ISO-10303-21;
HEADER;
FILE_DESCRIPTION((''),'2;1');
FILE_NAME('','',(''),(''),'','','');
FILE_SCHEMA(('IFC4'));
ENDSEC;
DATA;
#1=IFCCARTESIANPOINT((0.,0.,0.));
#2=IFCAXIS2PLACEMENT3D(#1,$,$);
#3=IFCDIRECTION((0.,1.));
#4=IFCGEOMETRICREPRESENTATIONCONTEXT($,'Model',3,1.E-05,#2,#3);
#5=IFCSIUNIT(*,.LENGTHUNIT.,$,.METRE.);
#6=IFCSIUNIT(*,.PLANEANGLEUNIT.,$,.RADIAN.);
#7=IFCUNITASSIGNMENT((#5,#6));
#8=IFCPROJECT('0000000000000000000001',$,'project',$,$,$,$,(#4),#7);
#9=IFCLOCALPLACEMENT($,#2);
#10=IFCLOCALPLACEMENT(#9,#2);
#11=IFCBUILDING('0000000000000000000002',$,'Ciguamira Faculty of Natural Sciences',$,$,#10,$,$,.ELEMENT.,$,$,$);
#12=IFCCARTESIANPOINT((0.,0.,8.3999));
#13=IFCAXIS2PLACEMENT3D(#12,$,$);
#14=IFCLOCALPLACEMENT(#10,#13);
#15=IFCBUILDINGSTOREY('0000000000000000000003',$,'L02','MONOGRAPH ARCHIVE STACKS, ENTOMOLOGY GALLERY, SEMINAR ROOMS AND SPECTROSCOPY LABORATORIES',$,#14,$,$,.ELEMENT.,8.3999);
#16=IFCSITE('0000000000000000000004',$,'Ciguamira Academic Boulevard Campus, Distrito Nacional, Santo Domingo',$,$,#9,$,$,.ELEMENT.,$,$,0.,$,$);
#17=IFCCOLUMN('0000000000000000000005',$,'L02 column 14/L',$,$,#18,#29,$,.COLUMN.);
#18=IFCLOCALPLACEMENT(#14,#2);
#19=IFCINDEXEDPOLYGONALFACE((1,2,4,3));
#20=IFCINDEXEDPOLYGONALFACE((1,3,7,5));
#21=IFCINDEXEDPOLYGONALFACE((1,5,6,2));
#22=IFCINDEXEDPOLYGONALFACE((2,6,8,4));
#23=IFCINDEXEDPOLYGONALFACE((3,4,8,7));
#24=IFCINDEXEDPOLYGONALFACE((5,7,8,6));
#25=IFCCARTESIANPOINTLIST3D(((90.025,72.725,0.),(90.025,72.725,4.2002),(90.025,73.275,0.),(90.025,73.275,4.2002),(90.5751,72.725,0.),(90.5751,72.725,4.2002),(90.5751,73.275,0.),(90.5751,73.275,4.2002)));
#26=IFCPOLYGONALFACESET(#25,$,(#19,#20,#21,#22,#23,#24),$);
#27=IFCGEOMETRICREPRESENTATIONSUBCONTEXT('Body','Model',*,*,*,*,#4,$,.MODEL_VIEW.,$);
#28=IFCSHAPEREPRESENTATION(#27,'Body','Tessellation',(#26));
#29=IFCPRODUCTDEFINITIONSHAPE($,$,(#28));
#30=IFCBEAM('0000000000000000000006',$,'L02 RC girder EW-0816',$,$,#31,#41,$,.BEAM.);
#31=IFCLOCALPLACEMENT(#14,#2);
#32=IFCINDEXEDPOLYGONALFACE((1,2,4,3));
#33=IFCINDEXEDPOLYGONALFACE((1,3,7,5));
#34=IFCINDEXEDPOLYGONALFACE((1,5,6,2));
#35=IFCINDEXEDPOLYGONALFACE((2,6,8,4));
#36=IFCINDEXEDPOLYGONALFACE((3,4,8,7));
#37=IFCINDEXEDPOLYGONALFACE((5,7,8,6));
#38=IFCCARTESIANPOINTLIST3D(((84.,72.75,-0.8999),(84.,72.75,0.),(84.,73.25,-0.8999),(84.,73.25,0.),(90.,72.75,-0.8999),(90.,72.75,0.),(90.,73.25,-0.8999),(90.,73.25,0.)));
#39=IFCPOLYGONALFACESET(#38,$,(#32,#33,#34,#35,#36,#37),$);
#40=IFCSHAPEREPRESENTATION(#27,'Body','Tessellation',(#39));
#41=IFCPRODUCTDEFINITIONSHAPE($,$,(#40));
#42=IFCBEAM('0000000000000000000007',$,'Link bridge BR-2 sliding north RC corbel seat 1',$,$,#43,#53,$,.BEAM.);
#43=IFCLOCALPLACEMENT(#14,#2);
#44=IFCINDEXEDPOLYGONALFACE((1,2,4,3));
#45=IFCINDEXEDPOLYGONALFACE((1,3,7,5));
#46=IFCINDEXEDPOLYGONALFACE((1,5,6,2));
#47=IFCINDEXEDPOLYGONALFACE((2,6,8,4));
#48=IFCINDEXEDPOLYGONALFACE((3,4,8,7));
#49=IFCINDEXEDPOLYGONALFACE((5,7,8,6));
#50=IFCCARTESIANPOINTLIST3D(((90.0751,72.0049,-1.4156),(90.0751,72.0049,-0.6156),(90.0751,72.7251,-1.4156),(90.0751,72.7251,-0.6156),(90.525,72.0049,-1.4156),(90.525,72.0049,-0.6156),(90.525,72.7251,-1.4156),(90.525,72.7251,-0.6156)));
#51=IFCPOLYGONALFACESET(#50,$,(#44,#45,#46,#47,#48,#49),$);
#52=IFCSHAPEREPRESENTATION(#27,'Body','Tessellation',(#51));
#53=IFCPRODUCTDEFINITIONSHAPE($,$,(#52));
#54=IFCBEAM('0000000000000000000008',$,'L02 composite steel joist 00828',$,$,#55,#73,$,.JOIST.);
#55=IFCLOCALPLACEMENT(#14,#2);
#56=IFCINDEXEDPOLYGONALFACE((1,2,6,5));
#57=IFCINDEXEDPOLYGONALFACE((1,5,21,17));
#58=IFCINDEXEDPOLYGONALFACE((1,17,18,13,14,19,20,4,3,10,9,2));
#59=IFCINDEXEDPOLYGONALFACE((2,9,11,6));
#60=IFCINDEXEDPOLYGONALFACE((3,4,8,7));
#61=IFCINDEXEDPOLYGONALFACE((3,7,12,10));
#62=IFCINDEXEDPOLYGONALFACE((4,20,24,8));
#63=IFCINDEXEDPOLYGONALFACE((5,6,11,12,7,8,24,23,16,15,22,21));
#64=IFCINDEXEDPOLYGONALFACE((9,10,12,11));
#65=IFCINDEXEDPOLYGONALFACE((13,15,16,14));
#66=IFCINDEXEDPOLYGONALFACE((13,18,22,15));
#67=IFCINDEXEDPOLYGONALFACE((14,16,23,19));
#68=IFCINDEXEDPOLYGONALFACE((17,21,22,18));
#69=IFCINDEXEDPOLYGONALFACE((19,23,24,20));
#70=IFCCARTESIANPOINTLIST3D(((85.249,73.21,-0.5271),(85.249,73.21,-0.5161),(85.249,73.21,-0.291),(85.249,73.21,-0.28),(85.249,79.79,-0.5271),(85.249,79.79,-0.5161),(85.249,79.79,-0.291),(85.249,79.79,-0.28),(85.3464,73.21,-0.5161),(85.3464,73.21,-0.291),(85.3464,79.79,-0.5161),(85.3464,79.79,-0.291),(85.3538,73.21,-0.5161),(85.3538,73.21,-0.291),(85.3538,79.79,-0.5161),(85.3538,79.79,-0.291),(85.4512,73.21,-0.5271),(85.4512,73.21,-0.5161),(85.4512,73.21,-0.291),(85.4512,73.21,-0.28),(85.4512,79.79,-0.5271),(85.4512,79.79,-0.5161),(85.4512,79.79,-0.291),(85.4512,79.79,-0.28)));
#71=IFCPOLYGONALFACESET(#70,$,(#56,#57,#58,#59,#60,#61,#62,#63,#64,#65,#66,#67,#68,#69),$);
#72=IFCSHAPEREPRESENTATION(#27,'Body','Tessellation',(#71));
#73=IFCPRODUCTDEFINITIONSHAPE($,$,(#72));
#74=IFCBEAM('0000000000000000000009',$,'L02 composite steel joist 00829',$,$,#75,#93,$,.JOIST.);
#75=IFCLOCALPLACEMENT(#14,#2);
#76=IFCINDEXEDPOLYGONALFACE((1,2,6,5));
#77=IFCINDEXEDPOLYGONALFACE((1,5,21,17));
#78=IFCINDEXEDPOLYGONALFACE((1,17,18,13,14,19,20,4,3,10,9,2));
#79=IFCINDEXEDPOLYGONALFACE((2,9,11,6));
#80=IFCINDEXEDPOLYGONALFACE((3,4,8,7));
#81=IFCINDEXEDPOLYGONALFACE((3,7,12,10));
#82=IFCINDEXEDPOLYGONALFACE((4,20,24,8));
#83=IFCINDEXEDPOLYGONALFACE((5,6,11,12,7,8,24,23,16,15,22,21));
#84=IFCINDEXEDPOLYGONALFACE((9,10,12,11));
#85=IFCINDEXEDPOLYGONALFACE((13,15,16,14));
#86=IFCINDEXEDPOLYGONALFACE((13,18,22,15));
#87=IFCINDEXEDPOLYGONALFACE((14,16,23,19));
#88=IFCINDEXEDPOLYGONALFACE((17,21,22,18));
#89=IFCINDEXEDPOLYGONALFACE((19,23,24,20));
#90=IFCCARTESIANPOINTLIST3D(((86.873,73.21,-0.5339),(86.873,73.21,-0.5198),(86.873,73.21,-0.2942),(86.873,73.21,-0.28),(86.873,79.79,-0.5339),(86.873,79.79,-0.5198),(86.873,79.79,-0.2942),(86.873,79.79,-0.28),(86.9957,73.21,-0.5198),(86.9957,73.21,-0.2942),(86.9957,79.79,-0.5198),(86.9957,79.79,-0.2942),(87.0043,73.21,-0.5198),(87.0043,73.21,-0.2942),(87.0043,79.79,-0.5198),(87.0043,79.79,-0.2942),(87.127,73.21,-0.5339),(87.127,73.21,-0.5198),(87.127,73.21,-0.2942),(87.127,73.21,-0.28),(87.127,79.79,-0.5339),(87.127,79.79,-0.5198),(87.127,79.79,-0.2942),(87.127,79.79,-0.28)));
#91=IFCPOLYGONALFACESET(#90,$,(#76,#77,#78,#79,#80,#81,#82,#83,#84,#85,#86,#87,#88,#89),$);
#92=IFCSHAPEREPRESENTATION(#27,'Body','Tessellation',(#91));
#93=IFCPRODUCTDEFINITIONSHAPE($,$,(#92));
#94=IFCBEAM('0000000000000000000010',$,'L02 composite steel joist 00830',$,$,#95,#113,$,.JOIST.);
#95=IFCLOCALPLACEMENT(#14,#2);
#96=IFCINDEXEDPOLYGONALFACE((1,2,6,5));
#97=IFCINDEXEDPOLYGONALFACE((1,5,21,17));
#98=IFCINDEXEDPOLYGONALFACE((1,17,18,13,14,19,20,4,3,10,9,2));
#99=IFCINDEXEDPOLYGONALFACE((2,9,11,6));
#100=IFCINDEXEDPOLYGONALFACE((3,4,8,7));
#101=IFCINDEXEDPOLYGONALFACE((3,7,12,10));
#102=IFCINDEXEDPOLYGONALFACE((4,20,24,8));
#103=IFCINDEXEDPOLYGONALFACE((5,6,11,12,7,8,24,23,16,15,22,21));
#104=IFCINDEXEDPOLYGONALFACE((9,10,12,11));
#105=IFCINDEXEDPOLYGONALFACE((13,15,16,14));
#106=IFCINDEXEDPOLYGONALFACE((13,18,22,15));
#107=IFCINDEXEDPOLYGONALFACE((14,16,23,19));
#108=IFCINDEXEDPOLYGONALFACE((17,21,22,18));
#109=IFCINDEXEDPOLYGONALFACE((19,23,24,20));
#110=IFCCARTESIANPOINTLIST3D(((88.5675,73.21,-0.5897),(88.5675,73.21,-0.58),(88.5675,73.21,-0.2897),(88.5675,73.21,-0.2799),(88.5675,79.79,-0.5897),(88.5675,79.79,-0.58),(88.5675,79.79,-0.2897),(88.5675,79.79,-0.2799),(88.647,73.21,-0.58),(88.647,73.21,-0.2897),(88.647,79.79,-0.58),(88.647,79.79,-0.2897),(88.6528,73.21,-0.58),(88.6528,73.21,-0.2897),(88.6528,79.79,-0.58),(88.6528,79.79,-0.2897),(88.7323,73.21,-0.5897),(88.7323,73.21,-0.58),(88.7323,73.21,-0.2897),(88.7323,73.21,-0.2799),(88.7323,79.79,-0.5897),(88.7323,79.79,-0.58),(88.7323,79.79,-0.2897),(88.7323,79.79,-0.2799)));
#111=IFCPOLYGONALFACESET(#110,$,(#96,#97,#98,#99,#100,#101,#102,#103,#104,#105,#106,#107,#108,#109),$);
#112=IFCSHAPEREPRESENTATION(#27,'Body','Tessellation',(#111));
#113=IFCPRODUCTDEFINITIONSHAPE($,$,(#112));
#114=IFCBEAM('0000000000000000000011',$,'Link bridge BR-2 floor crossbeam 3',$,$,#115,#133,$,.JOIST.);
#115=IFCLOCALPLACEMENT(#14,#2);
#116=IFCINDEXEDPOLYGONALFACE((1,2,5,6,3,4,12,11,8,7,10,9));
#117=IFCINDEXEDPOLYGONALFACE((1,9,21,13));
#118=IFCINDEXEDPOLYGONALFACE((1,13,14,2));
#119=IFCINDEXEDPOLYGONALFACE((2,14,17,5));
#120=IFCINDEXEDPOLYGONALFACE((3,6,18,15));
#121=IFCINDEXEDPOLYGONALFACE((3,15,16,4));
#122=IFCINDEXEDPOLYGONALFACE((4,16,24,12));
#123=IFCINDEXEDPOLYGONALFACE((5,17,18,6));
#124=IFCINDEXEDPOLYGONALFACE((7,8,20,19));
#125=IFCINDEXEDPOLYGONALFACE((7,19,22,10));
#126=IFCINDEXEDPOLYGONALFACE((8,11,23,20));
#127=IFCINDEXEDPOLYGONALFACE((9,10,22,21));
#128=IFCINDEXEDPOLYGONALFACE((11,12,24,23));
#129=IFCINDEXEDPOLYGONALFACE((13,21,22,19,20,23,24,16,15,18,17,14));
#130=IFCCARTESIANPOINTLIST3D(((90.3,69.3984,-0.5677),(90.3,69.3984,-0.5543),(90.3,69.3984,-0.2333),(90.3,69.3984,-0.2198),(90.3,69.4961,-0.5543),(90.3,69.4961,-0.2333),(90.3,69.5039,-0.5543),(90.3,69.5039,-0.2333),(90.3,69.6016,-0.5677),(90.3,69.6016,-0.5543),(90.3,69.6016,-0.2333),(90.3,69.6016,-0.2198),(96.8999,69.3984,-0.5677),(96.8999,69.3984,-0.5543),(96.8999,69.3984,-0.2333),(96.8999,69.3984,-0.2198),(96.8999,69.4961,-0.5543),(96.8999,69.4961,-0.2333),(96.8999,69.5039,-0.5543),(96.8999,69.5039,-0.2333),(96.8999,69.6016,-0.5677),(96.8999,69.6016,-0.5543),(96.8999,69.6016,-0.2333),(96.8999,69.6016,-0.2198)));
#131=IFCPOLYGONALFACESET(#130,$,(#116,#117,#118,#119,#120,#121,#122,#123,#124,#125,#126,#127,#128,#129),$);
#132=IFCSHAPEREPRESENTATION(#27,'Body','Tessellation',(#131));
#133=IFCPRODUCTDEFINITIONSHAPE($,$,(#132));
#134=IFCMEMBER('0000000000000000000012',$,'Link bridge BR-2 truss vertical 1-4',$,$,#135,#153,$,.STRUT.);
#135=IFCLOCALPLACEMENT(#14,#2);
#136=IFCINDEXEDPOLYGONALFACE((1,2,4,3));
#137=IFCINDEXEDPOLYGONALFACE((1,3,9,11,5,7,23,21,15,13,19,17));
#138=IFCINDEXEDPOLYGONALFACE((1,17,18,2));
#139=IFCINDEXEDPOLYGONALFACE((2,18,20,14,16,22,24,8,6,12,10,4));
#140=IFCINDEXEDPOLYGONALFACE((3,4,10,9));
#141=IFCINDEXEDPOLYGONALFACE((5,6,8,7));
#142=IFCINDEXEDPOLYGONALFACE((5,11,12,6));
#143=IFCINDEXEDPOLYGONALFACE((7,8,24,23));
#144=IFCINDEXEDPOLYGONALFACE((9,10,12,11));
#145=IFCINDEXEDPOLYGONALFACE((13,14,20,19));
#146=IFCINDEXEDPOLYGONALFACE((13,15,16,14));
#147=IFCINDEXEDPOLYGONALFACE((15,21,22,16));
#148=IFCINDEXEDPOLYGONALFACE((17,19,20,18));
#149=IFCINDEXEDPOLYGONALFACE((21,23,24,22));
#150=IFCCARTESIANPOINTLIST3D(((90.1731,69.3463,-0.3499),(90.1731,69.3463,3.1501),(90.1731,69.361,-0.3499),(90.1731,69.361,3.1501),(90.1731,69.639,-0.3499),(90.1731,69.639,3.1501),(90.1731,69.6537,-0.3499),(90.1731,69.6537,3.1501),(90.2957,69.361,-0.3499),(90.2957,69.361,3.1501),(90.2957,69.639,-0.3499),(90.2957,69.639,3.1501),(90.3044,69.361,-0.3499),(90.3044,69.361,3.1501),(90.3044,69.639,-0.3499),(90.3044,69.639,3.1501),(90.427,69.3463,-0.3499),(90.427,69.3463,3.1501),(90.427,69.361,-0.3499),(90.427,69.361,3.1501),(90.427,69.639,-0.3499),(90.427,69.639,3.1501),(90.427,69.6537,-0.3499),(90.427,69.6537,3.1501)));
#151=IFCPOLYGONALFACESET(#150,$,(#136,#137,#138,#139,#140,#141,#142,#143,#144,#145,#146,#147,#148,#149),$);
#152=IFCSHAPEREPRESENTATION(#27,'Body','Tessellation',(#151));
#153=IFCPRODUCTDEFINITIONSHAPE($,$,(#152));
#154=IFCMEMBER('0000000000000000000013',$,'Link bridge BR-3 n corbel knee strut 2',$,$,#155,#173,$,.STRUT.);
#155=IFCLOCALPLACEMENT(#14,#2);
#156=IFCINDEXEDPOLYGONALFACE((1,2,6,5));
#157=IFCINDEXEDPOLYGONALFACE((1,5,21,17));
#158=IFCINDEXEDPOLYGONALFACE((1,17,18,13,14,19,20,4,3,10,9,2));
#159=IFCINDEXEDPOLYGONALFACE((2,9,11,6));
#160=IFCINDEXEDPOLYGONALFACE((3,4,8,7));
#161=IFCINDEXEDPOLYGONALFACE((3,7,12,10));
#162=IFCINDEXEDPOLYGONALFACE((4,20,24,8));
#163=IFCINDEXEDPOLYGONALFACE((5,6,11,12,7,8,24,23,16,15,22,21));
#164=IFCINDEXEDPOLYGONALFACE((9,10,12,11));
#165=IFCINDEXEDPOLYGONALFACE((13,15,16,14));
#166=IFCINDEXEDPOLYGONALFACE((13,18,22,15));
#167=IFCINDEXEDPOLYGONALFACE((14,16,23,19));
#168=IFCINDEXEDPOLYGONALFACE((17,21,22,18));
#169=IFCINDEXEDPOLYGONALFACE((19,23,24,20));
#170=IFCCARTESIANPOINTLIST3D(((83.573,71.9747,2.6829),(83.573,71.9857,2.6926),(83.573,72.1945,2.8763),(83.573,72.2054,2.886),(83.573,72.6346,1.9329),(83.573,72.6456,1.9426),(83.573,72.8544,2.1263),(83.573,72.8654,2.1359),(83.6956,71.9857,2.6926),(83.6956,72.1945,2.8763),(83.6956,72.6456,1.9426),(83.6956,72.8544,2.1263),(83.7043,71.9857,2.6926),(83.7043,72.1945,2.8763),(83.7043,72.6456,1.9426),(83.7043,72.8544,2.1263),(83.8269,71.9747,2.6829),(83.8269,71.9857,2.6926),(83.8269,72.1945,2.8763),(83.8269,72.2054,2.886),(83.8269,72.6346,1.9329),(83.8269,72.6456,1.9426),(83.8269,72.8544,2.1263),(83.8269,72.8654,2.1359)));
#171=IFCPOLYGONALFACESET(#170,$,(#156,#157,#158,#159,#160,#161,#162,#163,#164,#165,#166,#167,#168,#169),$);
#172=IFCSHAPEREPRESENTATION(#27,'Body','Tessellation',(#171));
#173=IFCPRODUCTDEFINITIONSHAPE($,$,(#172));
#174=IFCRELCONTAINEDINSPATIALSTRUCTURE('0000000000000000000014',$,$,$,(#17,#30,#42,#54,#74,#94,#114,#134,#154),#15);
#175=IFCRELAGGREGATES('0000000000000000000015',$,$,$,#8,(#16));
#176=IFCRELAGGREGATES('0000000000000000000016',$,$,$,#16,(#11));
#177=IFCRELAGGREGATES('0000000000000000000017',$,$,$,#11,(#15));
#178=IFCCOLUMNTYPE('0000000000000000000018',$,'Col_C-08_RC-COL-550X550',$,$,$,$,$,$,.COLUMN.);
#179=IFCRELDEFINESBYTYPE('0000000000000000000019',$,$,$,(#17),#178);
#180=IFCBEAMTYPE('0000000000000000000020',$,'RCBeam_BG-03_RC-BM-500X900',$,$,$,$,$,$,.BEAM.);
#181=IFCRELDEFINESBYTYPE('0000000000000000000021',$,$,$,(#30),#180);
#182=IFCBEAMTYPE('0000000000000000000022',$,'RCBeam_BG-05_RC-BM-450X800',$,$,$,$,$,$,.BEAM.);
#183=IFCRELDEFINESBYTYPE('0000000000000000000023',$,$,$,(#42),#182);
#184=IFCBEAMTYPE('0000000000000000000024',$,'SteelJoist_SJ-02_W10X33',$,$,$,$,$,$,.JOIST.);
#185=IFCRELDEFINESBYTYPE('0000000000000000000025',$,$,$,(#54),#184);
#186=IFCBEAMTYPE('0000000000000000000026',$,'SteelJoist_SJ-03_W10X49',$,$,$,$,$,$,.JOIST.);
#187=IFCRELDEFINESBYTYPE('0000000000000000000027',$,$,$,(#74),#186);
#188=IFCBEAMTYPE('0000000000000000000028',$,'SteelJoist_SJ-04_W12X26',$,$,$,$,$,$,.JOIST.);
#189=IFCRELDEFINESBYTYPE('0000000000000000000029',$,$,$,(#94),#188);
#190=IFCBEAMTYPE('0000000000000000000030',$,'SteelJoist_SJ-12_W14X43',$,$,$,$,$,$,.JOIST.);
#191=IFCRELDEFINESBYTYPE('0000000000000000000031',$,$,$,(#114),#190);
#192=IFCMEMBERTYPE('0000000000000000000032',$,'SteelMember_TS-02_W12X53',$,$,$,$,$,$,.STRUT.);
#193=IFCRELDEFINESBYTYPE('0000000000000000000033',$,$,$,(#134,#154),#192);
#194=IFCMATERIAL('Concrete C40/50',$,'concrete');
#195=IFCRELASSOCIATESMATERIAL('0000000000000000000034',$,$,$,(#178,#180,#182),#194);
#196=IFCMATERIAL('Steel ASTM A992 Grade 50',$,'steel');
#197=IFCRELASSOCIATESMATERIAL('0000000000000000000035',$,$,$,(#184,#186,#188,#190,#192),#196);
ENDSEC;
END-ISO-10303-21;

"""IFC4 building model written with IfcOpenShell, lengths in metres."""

from ifc_helpers import new_model, si_unit, direction, frame, origin, origin_2d, place, context, subcontext, project, spatial, rectangle, i_section, extrude, material, material_profile, profile_set, type_object, element, save


model = new_model("IFC4")

# Units and contexts
model_context = context("Model", 3, precision=1e-05, world=origin(), true_north=direction((0.0, 1.0)))
body_context = subcontext(model_context, "Body", "Model", "MODEL_VIEW")
ifc_project = project(units=[si_unit("LENGTHUNIT", "METRE"), si_unit("PLANEANGLEUNIT", "RADIAN")], contexts=[model_context])

# Site, building, storey
site_placement = place(None, origin())
site = spatial("IfcSite", under=ifc_project, at=site_placement, Name="Ciguamira Academic Boulevard Campus, Distrito Nacional, Santo Domingo", CompositionType="ELEMENT", RefElevation=0.0)
building_placement = place(site_placement, origin())
building = spatial("IfcBuilding", under=site, at=building_placement, Name="Ciguamira Faculty of Natural Sciences", CompositionType="ELEMENT")
storey_placement = place(building_placement, frame((0.0, 0.0, 8.3999)))
storey = spatial("IfcBuildingStorey", under=building, at=storey_placement, Name="L02", Description="MONOGRAPH ARCHIVE STACKS, ENTOMOLOGY GALLERY, SEMINAR ROOMS AND SPECTROSCOPY LABORATORIES", CompositionType="ELEMENT", Elevation=8.3999)

# Column
ifc_material_1 = material(Name="Concrete C40/50", Category="concrete")
ifc_material_profile_1 = material_profile(ifc_material_1, rectangle(XDim=0.55, YDim=0.55, at=origin_2d()), Name="RC-COL-550X550")
ifc_profile_set_1 = profile_set([ifc_material_profile_1], Name="Concrete C40/50")
column_type = type_object("IfcColumnType", Name="Col_C-08_RC-COL-550X550", PredefinedType="COLUMN", material=ifc_profile_set_1)
column_placement = place(storey_placement, frame((90.3, 73.0, 0.0), z_axis=(0.0, 0.0, 1.0), x_axis=(1.0, 0.0, 0.0)))
element("IfcColumn", 1, at=column_placement, inside=storey, type_object=column_type, Name="L02 column 14/L", PredefinedType="COLUMN", context=body_context, shape_type="SweptSolid", body=[
    extrude(rectangle(XDim=0.55, YDim=0.55, at=origin_2d()), origin(), (0.0, 0.0, 1.0), 4.2002),
])

# Beams
ifc_material_profile_2 = material_profile(ifc_material_1, rectangle(XDim=0.5, YDim=0.8999, at=origin_2d()), Name="RC-BM-500X900")
ifc_profile_set_2 = profile_set([ifc_material_profile_2], Name="Concrete C40/50")
beam_type_1 = type_object("IfcBeamType", Name="RCBeam_BG-03_RC-BM-500X900", PredefinedType="BEAM", material=ifc_profile_set_2)
beam_1_placement = place(storey_placement, frame((84.0, 73.0, -0.45), z_axis=(1.0, 0.0, 0.0), x_axis=(0.0, 1.0, 0.0)))
element("IfcBeam", 2, at=beam_1_placement, inside=storey, type_object=beam_type_1, Name="L02 RC girder EW-0816", PredefinedType="BEAM", context=body_context, shape_type="SweptSolid", body=[
    extrude(rectangle(XDim=0.5, YDim=0.8999, at=origin_2d()), origin(), (0.0, 0.0, 1.0), 6.0),
])
ifc_material_profile_3 = material_profile(ifc_material_1, rectangle(XDim=0.45, YDim=0.8, at=origin_2d()), Name="RC-BM-450X800")
ifc_profile_set_3 = profile_set([ifc_material_profile_3], Name="Concrete C40/50")
beam_type_2 = type_object("IfcBeamType", Name="RCBeam_BG-05_RC-BM-450X800", PredefinedType="BEAM", material=ifc_profile_set_3)
beam_2_placement = place(storey_placement, frame((90.3, 72.0049, -1.0156), z_axis=(0.0, 1.0, 0.0), x_axis=(-1.0, 0.0, 0.0)))
element("IfcBeam", 3, at=beam_2_placement, inside=storey, type_object=beam_type_2, Name="Link bridge BR-2 sliding north RC corbel seat 1", PredefinedType="BEAM", context=body_context, shape_type="SweptSolid", body=[
    extrude(rectangle(XDim=0.45, YDim=0.8, at=origin_2d()), origin(), (0.0, 0.0, 1.0), 0.7202),
])
ifc_material_2 = material(Name="Steel ASTM A992 Grade 50", Category="steel")
ifc_material_profile_4 = material_profile(ifc_material_2, i_section(OverallWidth=0.2021, OverallDepth=0.2471, WebThickness=0.0073, FlangeThickness=0.011, at=origin_2d()), Name="W10X33")
ifc_profile_set_4 = profile_set([ifc_material_profile_4], Name="Steel ASTM A992 Grade 50")
beam_type_3 = type_object("IfcBeamType", Name="SteelJoist_SJ-02_W10X33", PredefinedType="JOIST", material=ifc_profile_set_4)
beam_3_placement = place(storey_placement, frame((85.3501, 73.21, -0.4036), z_axis=(0.0, 1.0, 0.0), x_axis=(-1.0, 0.0, 0.0)))
element("IfcBeam", 4, at=beam_3_placement, inside=storey, type_object=beam_type_3, Name="L02 composite steel joist 00828", PredefinedType="JOIST", context=body_context, shape_type="SweptSolid", body=[
    extrude(i_section(OverallWidth=0.2021, OverallDepth=0.2471, WebThickness=0.0073, FlangeThickness=0.011, at=origin_2d()), origin(), (0.0, 0.0, 1.0), 6.5801),
])
ifc_material_profile_5 = material_profile(ifc_material_2, i_section(OverallWidth=0.2539, OverallDepth=0.2539, WebThickness=0.0085, FlangeThickness=0.0142, at=origin_2d()), Name="W10X49")
ifc_profile_set_5 = profile_set([ifc_material_profile_5], Name="Steel ASTM A992 Grade 50")
beam_type_4 = type_object("IfcBeamType", Name="SteelJoist_SJ-03_W10X49", PredefinedType="JOIST", material=ifc_profile_set_5)
beam_4_placement = place(storey_placement, frame((87.0, 73.21, -0.407), z_axis=(0.0, 1.0, 0.0), x_axis=(-1.0, 0.0, 0.0)))
element("IfcBeam", 5, at=beam_4_placement, inside=storey, type_object=beam_type_4, Name="L02 composite steel joist 00829", PredefinedType="JOIST", context=body_context, shape_type="SweptSolid", body=[
    extrude(i_section(OverallWidth=0.2539, OverallDepth=0.2539, WebThickness=0.0085, FlangeThickness=0.0142, at=origin_2d()), origin(), (0.0, 0.0, 1.0), 6.5801),
])
ifc_material_profile_6 = material_profile(ifc_material_2, i_section(OverallWidth=0.1648, OverallDepth=0.3098, WebThickness=0.0059, FlangeThickness=0.0098, at=origin_2d()), Name="W12X26")
ifc_profile_set_6 = profile_set([ifc_material_profile_6], Name="Steel ASTM A992 Grade 50")
beam_type_5 = type_object("IfcBeamType", Name="SteelJoist_SJ-04_W12X26", PredefinedType="JOIST", material=ifc_profile_set_6)
beam_5_placement = place(storey_placement, frame((88.6499, 73.21, -0.4348), z_axis=(0.0, 1.0, 0.0), x_axis=(-1.0, 0.0, 0.0)))
element("IfcBeam", 6, at=beam_5_placement, inside=storey, type_object=beam_type_5, Name="L02 composite steel joist 00830", PredefinedType="JOIST", context=body_context, shape_type="SweptSolid", body=[
    extrude(i_section(OverallWidth=0.1648, OverallDepth=0.3098, WebThickness=0.0059, FlangeThickness=0.0098, at=origin_2d()), origin(), (0.0, 0.0, 1.0), 6.5801),
])
ifc_material_profile_7 = material_profile(ifc_material_2, i_section(OverallWidth=0.2031, OverallDepth=0.3479, WebThickness=0.0078, FlangeThickness=0.0134, at=origin_2d()), Name="W14X43")
ifc_profile_set_7 = profile_set([ifc_material_profile_7], Name="Steel ASTM A992 Grade 50")
beam_type_6 = type_object("IfcBeamType", Name="SteelJoist_SJ-12_W14X43", PredefinedType="JOIST", material=ifc_profile_set_7)
beam_6_placement = place(storey_placement, frame((90.3, 69.5, -0.3938), z_axis=(1.0, 0.0, 0.0), x_axis=(0.0, 1.0, 0.0)))
element("IfcBeam", 7, at=beam_6_placement, inside=storey, type_object=beam_type_6, Name="Link bridge BR-2 floor crossbeam 3", PredefinedType="JOIST", context=body_context, shape_type="SweptSolid", body=[
    extrude(i_section(OverallWidth=0.2031, OverallDepth=0.3479, WebThickness=0.0078, FlangeThickness=0.0134, at=origin_2d()), origin(), (0.0, 0.0, 1.0), 6.5999),
])

# Members
ifc_material_profile_8 = material_profile(ifc_material_2, i_section(OverallWidth=0.2539, OverallDepth=0.3074, WebThickness=0.0088, FlangeThickness=0.0146, at=origin_2d()), Name="W12X53")
ifc_profile_set_8 = profile_set([ifc_material_profile_8], Name="Steel ASTM A992 Grade 50")
member_type = type_object("IfcMemberType", Name="SteelMember_TS-02_W12X53", PredefinedType="STRUT", material=ifc_profile_set_8)
member_placement = place(storey_placement, frame((90.3, 69.5, -0.3499), z_axis=(0.0, 0.0, 1.0), x_axis=(1.0, 0.0, 0.0)))
element("IfcMember", 8, at=member_placement, inside=storey, type_object=member_type, Name="Link bridge BR-2 truss vertical 1-4", PredefinedType="STRUT", context=body_context, shape_type="SweptSolid", body=[
    extrude(i_section(OverallWidth=0.2539, OverallDepth=0.3074, WebThickness=0.0088, FlangeThickness=0.0146, at=origin_2d()), origin(), (0.0, 0.0, 1.0), 3.5),
])
for number, where, z_axis, x_axis, name in (
    (9, (83.7, 72.75, 2.0344), (0.0, -0.660578, 0.750757), (1.0, 0.0, 0.0), "Link bridge BR-3 n corbel knee strut 2"),
):
    element("IfcMember", number, at=place(storey_placement, frame(where, z_axis=z_axis, x_axis=x_axis)), inside=storey, type_object=member_type, Name=name, PredefinedType="STRUT", context=body_context, shape_type="SweptSolid", body=[
        extrude(i_section(OverallWidth=0.2539, OverallDepth=0.3074, WebThickness=0.0088, FlangeThickness=0.0146, at=origin_2d()), origin(), (0.0, 0.0, 1.0), 0.999),
    ])

save(model, "model.ifc")
